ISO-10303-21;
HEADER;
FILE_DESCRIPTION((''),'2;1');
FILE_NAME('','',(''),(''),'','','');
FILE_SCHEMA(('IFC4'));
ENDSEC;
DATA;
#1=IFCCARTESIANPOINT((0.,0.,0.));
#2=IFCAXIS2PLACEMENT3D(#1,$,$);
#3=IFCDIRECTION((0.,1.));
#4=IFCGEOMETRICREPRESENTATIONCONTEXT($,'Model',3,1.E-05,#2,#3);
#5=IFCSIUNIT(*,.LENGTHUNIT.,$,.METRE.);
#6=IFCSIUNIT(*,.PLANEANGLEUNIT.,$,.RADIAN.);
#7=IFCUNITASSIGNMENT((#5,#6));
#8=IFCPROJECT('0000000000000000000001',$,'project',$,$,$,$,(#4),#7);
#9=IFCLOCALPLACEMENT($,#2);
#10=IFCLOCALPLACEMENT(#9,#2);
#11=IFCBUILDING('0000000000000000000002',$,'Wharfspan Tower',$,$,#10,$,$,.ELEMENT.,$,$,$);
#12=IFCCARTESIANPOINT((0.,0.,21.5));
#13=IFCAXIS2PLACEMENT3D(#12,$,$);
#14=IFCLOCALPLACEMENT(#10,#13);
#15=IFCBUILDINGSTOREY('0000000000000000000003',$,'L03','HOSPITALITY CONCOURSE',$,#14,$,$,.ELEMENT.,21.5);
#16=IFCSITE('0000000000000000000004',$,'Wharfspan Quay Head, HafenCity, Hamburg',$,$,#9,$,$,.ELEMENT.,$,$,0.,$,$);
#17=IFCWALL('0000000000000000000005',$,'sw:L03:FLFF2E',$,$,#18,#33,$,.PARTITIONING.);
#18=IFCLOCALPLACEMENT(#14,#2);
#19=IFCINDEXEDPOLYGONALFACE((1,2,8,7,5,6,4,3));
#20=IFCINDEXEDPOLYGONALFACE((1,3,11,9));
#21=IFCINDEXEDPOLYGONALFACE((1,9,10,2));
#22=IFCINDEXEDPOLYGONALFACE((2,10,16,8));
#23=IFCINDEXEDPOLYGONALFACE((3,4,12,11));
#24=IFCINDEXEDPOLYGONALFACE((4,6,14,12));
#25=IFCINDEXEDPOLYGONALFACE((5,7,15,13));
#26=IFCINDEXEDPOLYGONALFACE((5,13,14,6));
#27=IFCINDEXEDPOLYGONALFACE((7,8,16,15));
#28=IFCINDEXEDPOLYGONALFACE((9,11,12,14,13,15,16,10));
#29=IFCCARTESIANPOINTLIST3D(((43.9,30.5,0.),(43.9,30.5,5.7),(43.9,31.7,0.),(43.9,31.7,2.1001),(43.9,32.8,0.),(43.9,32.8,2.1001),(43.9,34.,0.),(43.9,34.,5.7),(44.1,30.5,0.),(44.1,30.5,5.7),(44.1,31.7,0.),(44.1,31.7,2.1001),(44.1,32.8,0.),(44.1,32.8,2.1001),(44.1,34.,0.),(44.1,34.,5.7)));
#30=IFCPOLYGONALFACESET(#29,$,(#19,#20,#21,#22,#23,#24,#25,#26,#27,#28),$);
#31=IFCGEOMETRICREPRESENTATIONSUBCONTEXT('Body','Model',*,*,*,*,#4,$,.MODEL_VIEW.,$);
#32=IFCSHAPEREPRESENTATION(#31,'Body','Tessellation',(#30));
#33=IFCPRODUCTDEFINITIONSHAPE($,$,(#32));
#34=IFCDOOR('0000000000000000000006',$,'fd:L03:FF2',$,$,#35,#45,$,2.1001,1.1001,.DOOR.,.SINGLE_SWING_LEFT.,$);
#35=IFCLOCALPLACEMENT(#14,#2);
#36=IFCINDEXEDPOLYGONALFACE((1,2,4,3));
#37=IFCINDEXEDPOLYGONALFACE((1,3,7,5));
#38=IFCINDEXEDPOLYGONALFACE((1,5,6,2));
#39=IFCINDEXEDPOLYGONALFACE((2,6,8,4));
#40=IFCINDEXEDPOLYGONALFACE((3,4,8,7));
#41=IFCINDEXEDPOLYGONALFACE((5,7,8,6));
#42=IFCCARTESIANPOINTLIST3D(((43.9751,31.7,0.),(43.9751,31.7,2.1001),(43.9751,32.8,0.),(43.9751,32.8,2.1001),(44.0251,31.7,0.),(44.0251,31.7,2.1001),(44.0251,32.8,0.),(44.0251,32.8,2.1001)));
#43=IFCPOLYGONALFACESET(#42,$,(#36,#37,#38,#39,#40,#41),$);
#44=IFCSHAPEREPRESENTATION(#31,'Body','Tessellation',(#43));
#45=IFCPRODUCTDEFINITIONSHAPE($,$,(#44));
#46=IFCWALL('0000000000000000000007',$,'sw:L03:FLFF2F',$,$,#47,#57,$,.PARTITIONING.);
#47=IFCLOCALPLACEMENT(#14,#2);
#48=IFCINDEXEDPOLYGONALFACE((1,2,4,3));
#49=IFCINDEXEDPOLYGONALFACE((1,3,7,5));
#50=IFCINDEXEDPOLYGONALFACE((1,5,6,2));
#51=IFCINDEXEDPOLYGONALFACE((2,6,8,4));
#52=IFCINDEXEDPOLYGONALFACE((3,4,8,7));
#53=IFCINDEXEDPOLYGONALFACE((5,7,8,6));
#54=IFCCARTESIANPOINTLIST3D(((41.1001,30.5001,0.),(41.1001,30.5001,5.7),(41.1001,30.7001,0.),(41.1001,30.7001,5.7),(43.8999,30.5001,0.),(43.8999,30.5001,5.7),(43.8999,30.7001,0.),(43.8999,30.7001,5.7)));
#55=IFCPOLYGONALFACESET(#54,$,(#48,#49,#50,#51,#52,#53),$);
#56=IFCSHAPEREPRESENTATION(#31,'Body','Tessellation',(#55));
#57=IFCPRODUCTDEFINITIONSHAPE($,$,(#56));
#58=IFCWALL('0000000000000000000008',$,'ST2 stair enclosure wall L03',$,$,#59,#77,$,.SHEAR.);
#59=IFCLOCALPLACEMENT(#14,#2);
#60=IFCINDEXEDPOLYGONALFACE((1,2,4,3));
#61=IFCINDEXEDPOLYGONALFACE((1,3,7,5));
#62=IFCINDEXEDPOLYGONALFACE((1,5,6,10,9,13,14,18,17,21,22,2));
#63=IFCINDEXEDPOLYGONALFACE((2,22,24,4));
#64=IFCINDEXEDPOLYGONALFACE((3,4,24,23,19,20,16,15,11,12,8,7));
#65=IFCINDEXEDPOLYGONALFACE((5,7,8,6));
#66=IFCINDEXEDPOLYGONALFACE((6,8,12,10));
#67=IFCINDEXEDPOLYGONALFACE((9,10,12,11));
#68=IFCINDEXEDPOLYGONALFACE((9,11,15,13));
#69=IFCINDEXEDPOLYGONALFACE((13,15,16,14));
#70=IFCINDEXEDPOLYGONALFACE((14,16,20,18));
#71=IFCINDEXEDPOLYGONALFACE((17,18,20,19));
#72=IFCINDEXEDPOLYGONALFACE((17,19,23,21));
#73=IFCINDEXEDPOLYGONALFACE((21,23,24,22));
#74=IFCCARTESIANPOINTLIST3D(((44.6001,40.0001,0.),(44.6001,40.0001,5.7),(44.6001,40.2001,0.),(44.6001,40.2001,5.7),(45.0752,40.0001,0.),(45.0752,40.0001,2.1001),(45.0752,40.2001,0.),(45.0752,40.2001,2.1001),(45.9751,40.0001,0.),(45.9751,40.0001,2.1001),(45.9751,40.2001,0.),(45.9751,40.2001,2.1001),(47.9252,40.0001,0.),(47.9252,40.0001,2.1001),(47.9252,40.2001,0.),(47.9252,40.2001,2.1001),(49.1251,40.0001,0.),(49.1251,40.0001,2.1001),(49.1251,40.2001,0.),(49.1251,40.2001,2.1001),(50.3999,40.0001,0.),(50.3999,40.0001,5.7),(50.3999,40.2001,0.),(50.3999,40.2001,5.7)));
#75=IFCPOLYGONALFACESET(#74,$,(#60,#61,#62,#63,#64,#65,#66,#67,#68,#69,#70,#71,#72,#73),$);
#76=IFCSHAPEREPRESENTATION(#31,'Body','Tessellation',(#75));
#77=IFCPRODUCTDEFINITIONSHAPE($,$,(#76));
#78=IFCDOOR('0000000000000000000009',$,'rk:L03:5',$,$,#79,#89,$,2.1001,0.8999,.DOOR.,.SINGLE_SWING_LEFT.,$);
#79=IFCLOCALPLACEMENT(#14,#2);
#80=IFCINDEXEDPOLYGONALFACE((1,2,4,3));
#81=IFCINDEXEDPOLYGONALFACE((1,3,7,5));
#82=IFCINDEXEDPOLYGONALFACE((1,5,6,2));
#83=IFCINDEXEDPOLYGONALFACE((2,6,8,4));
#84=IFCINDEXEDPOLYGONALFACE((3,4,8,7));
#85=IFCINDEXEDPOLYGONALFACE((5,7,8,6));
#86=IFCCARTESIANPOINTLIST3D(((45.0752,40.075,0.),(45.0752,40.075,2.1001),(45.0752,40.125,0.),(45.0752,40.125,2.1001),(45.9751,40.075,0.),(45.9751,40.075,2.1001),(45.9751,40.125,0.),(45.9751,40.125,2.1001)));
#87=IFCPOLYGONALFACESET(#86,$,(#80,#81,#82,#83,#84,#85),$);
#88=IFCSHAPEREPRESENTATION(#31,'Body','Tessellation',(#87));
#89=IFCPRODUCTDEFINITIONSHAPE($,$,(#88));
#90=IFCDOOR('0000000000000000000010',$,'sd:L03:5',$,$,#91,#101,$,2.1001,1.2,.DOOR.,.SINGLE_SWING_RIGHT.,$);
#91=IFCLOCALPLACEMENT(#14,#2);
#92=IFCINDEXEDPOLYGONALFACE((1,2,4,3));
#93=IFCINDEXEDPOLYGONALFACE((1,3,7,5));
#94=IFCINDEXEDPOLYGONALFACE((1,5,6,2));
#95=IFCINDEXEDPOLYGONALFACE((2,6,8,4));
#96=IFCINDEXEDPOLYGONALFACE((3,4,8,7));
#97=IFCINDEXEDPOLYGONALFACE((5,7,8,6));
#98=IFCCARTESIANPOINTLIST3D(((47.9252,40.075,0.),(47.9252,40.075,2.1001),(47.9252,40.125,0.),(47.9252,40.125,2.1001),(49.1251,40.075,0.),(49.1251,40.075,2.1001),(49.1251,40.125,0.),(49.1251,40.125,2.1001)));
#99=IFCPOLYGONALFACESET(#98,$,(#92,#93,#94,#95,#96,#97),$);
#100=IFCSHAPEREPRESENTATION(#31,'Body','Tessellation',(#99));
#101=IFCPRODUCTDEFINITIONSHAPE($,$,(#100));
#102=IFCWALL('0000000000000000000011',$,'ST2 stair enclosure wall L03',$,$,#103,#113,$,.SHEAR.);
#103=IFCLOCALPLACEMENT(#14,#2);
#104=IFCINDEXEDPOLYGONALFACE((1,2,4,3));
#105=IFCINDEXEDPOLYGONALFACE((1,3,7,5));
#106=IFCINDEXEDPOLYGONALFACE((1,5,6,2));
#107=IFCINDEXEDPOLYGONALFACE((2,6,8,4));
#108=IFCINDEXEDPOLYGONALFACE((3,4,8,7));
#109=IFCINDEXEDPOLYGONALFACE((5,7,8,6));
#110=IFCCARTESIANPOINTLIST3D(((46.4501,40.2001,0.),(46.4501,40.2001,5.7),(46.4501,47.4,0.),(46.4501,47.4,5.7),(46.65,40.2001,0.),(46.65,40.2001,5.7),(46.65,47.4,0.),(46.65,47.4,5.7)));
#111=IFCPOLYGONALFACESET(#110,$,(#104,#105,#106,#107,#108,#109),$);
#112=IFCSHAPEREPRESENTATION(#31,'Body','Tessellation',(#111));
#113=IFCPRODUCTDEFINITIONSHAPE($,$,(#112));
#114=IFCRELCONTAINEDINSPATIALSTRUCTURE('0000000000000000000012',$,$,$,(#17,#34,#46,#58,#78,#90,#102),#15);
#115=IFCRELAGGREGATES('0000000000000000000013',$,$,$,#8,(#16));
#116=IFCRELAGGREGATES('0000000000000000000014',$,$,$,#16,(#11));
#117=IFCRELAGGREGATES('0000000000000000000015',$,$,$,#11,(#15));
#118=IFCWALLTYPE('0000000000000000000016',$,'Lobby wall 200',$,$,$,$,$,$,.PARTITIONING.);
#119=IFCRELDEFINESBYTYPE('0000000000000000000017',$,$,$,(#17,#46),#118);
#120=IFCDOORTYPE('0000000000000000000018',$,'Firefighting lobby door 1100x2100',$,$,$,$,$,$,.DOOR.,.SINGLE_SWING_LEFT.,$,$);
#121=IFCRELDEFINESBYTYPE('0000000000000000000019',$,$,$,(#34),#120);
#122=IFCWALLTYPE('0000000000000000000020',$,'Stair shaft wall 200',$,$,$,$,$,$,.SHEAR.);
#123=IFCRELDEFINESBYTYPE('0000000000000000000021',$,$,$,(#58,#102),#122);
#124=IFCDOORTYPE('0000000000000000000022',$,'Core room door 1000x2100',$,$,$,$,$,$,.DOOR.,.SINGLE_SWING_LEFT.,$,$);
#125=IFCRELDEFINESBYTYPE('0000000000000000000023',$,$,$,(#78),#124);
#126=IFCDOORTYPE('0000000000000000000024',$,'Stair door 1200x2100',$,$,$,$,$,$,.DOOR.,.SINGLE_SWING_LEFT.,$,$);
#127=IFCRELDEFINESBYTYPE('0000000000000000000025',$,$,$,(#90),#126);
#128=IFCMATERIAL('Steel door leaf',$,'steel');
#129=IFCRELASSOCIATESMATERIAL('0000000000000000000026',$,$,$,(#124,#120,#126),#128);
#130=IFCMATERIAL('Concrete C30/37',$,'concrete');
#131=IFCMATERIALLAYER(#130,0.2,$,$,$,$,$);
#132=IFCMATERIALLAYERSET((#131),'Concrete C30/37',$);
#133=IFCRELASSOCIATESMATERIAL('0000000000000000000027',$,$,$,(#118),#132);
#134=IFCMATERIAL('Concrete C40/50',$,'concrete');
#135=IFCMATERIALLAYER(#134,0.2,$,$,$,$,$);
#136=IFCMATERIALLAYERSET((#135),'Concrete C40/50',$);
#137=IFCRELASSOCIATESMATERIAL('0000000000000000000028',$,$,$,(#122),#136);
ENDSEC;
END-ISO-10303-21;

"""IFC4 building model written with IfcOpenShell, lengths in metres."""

from ifc_helpers import new_model, si_unit, direction, frame, frame_2d, origin, place, context, subcontext, project, spatial, rectangle, extrude, material, layer, layer_set, type_object, element, fill, save


model = new_model("IFC4")

# Units and contexts
model_context = context("Model", 3, precision=1e-05, world=origin(), true_north=direction((0.0, 1.0)))
body_context = subcontext(model_context, "Body", "Model", "MODEL_VIEW")
ifc_project = project(units=[si_unit("LENGTHUNIT", "METRE"), si_unit("PLANEANGLEUNIT", "RADIAN")], contexts=[model_context])

# Site, building, storey
site_placement = place(None, origin())
site = spatial("IfcSite", under=ifc_project, at=site_placement, Name="Wharfspan Quay Head, HafenCity, Hamburg", CompositionType="ELEMENT", RefElevation=0.0)
building_placement = place(site_placement, origin())
building = spatial("IfcBuilding", under=site, at=building_placement, Name="Wharfspan Tower", CompositionType="ELEMENT")
storey_placement = place(building_placement, frame((0.0, 0.0, 21.5)))
storey = spatial("IfcBuildingStorey", under=building, at=storey_placement, Name="L03", Description="HOSPITALITY CONCOURSE", CompositionType="ELEMENT", Elevation=21.5)

# Shared definitions
ifc_material_1 = material(Name="Steel door leaf", Category="steel")
door_type_1 = type_object("IfcDoorType", Name="Core room door 1000x2100", OperationType="SINGLE_SWING_LEFT", PredefinedType="DOOR", material=ifc_material_1)

# Shared definitions
ifc_material_2 = material(Name="Concrete C30/37", Category="concrete")

# Shared definitions
ifc_layer_1 = layer(ifc_material_2, 0.2)
ifc_layer_set_1 = layer_set([ifc_layer_1], Name="Concrete C30/37")
wall_type_1 = type_object("IfcWallType", Name="Lobby wall 200", PredefinedType="PARTITIONING", material=ifc_layer_set_1)

# Wall, opening, door
wall_1_placement = place(storey_placement, frame((44.0, 30.5, 0.0), z_axis=(0.0, 0.0, 1.0), x_axis=(0.0, 1.0, 0.0)))
wall_1 = element("IfcWall", 1, at=wall_1_placement, inside=storey, type_object=wall_type_1, Name="sw:L03:FLFF2E", PredefinedType="PARTITIONING", context=body_context, shape_type="SweptSolid", body=[
    extrude(rectangle(XDim=3.5, YDim=0.2, at=frame_2d((1.75, 0.0))), origin(), (0.0, 0.0, 1.0), 5.7),
])
opening_1_placement = place(wall_1_placement, frame((1.2, 0.0, 0.0)))
opening_1 = element("IfcOpeningElement", 2, at=opening_1_placement, cuts=wall_1, PredefinedType="OPENING", context=body_context, shape_type="SweptSolid", body=[
    extrude(rectangle(XDim=1.1001, YDim=2.1001, at=frame_2d((0.55, 1.05))), frame((0.0, 0.1099, 0.0), z_axis=(0.0, -1.0, 0.0), x_axis=(1.0, 0.0, 0.0)), (0.0, 0.0, 1.0), 0.22),
])
door_type_2 = type_object("IfcDoorType", Name="Firefighting lobby door 1100x2100", OperationType="SINGLE_SWING_LEFT", PredefinedType="DOOR", material=ifc_material_1)
door_1_placement = place(opening_1_placement, origin())
door_1 = element("IfcDoor", 3, at=door_1_placement, inside=storey, type_object=door_type_2, Name="fd:L03:FF2", OperationType="SINGLE_SWING_LEFT", OverallHeight=2.1001, OverallWidth=1.1001, PredefinedType="DOOR", context=body_context, shape_type="SweptSolid", body=[
    extrude(rectangle(XDim=1.1001, YDim=2.1001, at=frame_2d((0.55, 1.05))), frame((0.0, 0.0249, 0.0), z_axis=(0.0, -1.0, 0.0), x_axis=(1.0, 0.0, 0.0)), (0.0, 0.0, 1.0), 0.05),
])
fill(opening_1, door_1)

# Wall
wall_2_placement = place(storey_placement, frame((41.1001, 30.6001, 0.0), z_axis=(0.0, 0.0, 1.0), x_axis=(1.0, 0.0, 0.0)))
element("IfcWall", 4, at=wall_2_placement, inside=storey, type_object=wall_type_1, Name="sw:L03:FLFF2F", PredefinedType="PARTITIONING", context=body_context, shape_type="SweptSolid", body=[
    extrude(rectangle(XDim=2.7998, YDim=0.2, at=frame_2d((1.3999, 0.0))), origin(), (0.0, 0.0, 1.0), 5.7),
])

# Wall, openings, doors
ifc_material_3 = material(Name="Concrete C40/50", Category="concrete")
ifc_layer_2 = layer(ifc_material_3, 0.2)
ifc_layer_set_2 = layer_set([ifc_layer_2], Name="Concrete C40/50")
wall_type_2 = type_object("IfcWallType", Name="Stair shaft wall 200", PredefinedType="SHEAR", material=ifc_layer_set_2)
wall_3_placement = place(storey_placement, frame((44.6001, 40.1001, 0.0), z_axis=(0.0, 0.0, 1.0), x_axis=(1.0, 0.0, 0.0)))
wall_3 = element("IfcWall", 5, at=wall_3_placement, inside=storey, type_object=wall_type_2, Name="ST2 stair enclosure wall L03", PredefinedType="SHEAR", context=body_context, shape_type="SweptSolid", body=[
    extrude(rectangle(XDim=5.7998, YDim=0.2, at=frame_2d((2.8999, 0.0))), origin(), (0.0, 0.0, 1.0), 5.7),
])
opening_2_placement = place(wall_3_placement, frame((3.325, 0.0, 0.0)))
opening_2 = element("IfcOpeningElement", 6, at=opening_2_placement, cuts=wall_3, PredefinedType="OPENING", context=body_context, shape_type="SweptSolid", body=[
    extrude(rectangle(XDim=1.2, YDim=2.1001, at=frame_2d((0.6001, 1.05))), frame((0.0, 0.1099, 0.0), z_axis=(0.0, -1.0, 0.0), x_axis=(1.0, 0.0, 0.0)), (0.0, 0.0, 1.0), 0.22),
])
opening_3_placement = place(wall_3_placement, frame((0.4751, 0.0, 0.0)))
opening_3 = element("IfcOpeningElement", 7, at=opening_3_placement, cuts=wall_3, PredefinedType="OPENING", context=body_context, shape_type="SweptSolid", body=[
    extrude(rectangle(XDim=0.8999, YDim=2.1001, at=frame_2d((0.45, 1.05))), frame((0.0, 0.1099, 0.0), z_axis=(0.0, -1.0, 0.0), x_axis=(1.0, 0.0, 0.0)), (0.0, 0.0, 1.0), 0.22),
])
door_2_placement = place(opening_3_placement, origin())
door_2 = element("IfcDoor", 8, at=door_2_placement, inside=storey, type_object=door_type_1, Name="rk:L03:5", OperationType="SINGLE_SWING_LEFT", OverallHeight=2.1001, OverallWidth=0.8999, PredefinedType="DOOR", context=body_context, shape_type="SweptSolid", body=[
    extrude(rectangle(XDim=0.8999, YDim=2.1001, at=frame_2d((0.45, 1.05))), frame((0.0, 0.0249, 0.0), z_axis=(0.0, -1.0, 0.0), x_axis=(1.0, 0.0, 0.0)), (0.0, 0.0, 1.0), 0.05),
])
fill(opening_3, door_2)
door_type_3 = type_object("IfcDoorType", Name="Stair door 1200x2100", OperationType="SINGLE_SWING_LEFT", PredefinedType="DOOR", material=ifc_material_1)
door_3_placement = place(opening_2_placement, origin())
door_3 = element("IfcDoor", 9, at=door_3_placement, inside=storey, type_object=door_type_3, Name="sd:L03:5", OperationType="SINGLE_SWING_RIGHT", OverallHeight=2.1001, OverallWidth=1.2, PredefinedType="DOOR", context=body_context, shape_type="SweptSolid", body=[
    extrude(rectangle(XDim=1.2, YDim=2.1001, at=frame_2d((0.6001, 1.05))), frame((0.0, 0.0249, 0.0), z_axis=(0.0, -1.0, 0.0), x_axis=(1.0, 0.0, 0.0)), (0.0, 0.0, 1.0), 0.05),
])
fill(opening_2, door_3)

# Wall
wall_4_placement = place(storey_placement, frame((46.55, 40.2, 0.0), z_axis=(0.0, 0.0, 1.0), x_axis=(0.0, 1.0, 0.0)))
element("IfcWall", 10, at=wall_4_placement, inside=storey, type_object=wall_type_2, Name="ST2 stair enclosure wall L03", PredefinedType="SHEAR", context=body_context, shape_type="SweptSolid", body=[
    extrude(rectangle(XDim=7.2, YDim=0.2, at=frame_2d((3.6001, 0.0))), origin(), (0.0, 0.0, 1.0), 5.7),
])

save(model, "model.ifc")
